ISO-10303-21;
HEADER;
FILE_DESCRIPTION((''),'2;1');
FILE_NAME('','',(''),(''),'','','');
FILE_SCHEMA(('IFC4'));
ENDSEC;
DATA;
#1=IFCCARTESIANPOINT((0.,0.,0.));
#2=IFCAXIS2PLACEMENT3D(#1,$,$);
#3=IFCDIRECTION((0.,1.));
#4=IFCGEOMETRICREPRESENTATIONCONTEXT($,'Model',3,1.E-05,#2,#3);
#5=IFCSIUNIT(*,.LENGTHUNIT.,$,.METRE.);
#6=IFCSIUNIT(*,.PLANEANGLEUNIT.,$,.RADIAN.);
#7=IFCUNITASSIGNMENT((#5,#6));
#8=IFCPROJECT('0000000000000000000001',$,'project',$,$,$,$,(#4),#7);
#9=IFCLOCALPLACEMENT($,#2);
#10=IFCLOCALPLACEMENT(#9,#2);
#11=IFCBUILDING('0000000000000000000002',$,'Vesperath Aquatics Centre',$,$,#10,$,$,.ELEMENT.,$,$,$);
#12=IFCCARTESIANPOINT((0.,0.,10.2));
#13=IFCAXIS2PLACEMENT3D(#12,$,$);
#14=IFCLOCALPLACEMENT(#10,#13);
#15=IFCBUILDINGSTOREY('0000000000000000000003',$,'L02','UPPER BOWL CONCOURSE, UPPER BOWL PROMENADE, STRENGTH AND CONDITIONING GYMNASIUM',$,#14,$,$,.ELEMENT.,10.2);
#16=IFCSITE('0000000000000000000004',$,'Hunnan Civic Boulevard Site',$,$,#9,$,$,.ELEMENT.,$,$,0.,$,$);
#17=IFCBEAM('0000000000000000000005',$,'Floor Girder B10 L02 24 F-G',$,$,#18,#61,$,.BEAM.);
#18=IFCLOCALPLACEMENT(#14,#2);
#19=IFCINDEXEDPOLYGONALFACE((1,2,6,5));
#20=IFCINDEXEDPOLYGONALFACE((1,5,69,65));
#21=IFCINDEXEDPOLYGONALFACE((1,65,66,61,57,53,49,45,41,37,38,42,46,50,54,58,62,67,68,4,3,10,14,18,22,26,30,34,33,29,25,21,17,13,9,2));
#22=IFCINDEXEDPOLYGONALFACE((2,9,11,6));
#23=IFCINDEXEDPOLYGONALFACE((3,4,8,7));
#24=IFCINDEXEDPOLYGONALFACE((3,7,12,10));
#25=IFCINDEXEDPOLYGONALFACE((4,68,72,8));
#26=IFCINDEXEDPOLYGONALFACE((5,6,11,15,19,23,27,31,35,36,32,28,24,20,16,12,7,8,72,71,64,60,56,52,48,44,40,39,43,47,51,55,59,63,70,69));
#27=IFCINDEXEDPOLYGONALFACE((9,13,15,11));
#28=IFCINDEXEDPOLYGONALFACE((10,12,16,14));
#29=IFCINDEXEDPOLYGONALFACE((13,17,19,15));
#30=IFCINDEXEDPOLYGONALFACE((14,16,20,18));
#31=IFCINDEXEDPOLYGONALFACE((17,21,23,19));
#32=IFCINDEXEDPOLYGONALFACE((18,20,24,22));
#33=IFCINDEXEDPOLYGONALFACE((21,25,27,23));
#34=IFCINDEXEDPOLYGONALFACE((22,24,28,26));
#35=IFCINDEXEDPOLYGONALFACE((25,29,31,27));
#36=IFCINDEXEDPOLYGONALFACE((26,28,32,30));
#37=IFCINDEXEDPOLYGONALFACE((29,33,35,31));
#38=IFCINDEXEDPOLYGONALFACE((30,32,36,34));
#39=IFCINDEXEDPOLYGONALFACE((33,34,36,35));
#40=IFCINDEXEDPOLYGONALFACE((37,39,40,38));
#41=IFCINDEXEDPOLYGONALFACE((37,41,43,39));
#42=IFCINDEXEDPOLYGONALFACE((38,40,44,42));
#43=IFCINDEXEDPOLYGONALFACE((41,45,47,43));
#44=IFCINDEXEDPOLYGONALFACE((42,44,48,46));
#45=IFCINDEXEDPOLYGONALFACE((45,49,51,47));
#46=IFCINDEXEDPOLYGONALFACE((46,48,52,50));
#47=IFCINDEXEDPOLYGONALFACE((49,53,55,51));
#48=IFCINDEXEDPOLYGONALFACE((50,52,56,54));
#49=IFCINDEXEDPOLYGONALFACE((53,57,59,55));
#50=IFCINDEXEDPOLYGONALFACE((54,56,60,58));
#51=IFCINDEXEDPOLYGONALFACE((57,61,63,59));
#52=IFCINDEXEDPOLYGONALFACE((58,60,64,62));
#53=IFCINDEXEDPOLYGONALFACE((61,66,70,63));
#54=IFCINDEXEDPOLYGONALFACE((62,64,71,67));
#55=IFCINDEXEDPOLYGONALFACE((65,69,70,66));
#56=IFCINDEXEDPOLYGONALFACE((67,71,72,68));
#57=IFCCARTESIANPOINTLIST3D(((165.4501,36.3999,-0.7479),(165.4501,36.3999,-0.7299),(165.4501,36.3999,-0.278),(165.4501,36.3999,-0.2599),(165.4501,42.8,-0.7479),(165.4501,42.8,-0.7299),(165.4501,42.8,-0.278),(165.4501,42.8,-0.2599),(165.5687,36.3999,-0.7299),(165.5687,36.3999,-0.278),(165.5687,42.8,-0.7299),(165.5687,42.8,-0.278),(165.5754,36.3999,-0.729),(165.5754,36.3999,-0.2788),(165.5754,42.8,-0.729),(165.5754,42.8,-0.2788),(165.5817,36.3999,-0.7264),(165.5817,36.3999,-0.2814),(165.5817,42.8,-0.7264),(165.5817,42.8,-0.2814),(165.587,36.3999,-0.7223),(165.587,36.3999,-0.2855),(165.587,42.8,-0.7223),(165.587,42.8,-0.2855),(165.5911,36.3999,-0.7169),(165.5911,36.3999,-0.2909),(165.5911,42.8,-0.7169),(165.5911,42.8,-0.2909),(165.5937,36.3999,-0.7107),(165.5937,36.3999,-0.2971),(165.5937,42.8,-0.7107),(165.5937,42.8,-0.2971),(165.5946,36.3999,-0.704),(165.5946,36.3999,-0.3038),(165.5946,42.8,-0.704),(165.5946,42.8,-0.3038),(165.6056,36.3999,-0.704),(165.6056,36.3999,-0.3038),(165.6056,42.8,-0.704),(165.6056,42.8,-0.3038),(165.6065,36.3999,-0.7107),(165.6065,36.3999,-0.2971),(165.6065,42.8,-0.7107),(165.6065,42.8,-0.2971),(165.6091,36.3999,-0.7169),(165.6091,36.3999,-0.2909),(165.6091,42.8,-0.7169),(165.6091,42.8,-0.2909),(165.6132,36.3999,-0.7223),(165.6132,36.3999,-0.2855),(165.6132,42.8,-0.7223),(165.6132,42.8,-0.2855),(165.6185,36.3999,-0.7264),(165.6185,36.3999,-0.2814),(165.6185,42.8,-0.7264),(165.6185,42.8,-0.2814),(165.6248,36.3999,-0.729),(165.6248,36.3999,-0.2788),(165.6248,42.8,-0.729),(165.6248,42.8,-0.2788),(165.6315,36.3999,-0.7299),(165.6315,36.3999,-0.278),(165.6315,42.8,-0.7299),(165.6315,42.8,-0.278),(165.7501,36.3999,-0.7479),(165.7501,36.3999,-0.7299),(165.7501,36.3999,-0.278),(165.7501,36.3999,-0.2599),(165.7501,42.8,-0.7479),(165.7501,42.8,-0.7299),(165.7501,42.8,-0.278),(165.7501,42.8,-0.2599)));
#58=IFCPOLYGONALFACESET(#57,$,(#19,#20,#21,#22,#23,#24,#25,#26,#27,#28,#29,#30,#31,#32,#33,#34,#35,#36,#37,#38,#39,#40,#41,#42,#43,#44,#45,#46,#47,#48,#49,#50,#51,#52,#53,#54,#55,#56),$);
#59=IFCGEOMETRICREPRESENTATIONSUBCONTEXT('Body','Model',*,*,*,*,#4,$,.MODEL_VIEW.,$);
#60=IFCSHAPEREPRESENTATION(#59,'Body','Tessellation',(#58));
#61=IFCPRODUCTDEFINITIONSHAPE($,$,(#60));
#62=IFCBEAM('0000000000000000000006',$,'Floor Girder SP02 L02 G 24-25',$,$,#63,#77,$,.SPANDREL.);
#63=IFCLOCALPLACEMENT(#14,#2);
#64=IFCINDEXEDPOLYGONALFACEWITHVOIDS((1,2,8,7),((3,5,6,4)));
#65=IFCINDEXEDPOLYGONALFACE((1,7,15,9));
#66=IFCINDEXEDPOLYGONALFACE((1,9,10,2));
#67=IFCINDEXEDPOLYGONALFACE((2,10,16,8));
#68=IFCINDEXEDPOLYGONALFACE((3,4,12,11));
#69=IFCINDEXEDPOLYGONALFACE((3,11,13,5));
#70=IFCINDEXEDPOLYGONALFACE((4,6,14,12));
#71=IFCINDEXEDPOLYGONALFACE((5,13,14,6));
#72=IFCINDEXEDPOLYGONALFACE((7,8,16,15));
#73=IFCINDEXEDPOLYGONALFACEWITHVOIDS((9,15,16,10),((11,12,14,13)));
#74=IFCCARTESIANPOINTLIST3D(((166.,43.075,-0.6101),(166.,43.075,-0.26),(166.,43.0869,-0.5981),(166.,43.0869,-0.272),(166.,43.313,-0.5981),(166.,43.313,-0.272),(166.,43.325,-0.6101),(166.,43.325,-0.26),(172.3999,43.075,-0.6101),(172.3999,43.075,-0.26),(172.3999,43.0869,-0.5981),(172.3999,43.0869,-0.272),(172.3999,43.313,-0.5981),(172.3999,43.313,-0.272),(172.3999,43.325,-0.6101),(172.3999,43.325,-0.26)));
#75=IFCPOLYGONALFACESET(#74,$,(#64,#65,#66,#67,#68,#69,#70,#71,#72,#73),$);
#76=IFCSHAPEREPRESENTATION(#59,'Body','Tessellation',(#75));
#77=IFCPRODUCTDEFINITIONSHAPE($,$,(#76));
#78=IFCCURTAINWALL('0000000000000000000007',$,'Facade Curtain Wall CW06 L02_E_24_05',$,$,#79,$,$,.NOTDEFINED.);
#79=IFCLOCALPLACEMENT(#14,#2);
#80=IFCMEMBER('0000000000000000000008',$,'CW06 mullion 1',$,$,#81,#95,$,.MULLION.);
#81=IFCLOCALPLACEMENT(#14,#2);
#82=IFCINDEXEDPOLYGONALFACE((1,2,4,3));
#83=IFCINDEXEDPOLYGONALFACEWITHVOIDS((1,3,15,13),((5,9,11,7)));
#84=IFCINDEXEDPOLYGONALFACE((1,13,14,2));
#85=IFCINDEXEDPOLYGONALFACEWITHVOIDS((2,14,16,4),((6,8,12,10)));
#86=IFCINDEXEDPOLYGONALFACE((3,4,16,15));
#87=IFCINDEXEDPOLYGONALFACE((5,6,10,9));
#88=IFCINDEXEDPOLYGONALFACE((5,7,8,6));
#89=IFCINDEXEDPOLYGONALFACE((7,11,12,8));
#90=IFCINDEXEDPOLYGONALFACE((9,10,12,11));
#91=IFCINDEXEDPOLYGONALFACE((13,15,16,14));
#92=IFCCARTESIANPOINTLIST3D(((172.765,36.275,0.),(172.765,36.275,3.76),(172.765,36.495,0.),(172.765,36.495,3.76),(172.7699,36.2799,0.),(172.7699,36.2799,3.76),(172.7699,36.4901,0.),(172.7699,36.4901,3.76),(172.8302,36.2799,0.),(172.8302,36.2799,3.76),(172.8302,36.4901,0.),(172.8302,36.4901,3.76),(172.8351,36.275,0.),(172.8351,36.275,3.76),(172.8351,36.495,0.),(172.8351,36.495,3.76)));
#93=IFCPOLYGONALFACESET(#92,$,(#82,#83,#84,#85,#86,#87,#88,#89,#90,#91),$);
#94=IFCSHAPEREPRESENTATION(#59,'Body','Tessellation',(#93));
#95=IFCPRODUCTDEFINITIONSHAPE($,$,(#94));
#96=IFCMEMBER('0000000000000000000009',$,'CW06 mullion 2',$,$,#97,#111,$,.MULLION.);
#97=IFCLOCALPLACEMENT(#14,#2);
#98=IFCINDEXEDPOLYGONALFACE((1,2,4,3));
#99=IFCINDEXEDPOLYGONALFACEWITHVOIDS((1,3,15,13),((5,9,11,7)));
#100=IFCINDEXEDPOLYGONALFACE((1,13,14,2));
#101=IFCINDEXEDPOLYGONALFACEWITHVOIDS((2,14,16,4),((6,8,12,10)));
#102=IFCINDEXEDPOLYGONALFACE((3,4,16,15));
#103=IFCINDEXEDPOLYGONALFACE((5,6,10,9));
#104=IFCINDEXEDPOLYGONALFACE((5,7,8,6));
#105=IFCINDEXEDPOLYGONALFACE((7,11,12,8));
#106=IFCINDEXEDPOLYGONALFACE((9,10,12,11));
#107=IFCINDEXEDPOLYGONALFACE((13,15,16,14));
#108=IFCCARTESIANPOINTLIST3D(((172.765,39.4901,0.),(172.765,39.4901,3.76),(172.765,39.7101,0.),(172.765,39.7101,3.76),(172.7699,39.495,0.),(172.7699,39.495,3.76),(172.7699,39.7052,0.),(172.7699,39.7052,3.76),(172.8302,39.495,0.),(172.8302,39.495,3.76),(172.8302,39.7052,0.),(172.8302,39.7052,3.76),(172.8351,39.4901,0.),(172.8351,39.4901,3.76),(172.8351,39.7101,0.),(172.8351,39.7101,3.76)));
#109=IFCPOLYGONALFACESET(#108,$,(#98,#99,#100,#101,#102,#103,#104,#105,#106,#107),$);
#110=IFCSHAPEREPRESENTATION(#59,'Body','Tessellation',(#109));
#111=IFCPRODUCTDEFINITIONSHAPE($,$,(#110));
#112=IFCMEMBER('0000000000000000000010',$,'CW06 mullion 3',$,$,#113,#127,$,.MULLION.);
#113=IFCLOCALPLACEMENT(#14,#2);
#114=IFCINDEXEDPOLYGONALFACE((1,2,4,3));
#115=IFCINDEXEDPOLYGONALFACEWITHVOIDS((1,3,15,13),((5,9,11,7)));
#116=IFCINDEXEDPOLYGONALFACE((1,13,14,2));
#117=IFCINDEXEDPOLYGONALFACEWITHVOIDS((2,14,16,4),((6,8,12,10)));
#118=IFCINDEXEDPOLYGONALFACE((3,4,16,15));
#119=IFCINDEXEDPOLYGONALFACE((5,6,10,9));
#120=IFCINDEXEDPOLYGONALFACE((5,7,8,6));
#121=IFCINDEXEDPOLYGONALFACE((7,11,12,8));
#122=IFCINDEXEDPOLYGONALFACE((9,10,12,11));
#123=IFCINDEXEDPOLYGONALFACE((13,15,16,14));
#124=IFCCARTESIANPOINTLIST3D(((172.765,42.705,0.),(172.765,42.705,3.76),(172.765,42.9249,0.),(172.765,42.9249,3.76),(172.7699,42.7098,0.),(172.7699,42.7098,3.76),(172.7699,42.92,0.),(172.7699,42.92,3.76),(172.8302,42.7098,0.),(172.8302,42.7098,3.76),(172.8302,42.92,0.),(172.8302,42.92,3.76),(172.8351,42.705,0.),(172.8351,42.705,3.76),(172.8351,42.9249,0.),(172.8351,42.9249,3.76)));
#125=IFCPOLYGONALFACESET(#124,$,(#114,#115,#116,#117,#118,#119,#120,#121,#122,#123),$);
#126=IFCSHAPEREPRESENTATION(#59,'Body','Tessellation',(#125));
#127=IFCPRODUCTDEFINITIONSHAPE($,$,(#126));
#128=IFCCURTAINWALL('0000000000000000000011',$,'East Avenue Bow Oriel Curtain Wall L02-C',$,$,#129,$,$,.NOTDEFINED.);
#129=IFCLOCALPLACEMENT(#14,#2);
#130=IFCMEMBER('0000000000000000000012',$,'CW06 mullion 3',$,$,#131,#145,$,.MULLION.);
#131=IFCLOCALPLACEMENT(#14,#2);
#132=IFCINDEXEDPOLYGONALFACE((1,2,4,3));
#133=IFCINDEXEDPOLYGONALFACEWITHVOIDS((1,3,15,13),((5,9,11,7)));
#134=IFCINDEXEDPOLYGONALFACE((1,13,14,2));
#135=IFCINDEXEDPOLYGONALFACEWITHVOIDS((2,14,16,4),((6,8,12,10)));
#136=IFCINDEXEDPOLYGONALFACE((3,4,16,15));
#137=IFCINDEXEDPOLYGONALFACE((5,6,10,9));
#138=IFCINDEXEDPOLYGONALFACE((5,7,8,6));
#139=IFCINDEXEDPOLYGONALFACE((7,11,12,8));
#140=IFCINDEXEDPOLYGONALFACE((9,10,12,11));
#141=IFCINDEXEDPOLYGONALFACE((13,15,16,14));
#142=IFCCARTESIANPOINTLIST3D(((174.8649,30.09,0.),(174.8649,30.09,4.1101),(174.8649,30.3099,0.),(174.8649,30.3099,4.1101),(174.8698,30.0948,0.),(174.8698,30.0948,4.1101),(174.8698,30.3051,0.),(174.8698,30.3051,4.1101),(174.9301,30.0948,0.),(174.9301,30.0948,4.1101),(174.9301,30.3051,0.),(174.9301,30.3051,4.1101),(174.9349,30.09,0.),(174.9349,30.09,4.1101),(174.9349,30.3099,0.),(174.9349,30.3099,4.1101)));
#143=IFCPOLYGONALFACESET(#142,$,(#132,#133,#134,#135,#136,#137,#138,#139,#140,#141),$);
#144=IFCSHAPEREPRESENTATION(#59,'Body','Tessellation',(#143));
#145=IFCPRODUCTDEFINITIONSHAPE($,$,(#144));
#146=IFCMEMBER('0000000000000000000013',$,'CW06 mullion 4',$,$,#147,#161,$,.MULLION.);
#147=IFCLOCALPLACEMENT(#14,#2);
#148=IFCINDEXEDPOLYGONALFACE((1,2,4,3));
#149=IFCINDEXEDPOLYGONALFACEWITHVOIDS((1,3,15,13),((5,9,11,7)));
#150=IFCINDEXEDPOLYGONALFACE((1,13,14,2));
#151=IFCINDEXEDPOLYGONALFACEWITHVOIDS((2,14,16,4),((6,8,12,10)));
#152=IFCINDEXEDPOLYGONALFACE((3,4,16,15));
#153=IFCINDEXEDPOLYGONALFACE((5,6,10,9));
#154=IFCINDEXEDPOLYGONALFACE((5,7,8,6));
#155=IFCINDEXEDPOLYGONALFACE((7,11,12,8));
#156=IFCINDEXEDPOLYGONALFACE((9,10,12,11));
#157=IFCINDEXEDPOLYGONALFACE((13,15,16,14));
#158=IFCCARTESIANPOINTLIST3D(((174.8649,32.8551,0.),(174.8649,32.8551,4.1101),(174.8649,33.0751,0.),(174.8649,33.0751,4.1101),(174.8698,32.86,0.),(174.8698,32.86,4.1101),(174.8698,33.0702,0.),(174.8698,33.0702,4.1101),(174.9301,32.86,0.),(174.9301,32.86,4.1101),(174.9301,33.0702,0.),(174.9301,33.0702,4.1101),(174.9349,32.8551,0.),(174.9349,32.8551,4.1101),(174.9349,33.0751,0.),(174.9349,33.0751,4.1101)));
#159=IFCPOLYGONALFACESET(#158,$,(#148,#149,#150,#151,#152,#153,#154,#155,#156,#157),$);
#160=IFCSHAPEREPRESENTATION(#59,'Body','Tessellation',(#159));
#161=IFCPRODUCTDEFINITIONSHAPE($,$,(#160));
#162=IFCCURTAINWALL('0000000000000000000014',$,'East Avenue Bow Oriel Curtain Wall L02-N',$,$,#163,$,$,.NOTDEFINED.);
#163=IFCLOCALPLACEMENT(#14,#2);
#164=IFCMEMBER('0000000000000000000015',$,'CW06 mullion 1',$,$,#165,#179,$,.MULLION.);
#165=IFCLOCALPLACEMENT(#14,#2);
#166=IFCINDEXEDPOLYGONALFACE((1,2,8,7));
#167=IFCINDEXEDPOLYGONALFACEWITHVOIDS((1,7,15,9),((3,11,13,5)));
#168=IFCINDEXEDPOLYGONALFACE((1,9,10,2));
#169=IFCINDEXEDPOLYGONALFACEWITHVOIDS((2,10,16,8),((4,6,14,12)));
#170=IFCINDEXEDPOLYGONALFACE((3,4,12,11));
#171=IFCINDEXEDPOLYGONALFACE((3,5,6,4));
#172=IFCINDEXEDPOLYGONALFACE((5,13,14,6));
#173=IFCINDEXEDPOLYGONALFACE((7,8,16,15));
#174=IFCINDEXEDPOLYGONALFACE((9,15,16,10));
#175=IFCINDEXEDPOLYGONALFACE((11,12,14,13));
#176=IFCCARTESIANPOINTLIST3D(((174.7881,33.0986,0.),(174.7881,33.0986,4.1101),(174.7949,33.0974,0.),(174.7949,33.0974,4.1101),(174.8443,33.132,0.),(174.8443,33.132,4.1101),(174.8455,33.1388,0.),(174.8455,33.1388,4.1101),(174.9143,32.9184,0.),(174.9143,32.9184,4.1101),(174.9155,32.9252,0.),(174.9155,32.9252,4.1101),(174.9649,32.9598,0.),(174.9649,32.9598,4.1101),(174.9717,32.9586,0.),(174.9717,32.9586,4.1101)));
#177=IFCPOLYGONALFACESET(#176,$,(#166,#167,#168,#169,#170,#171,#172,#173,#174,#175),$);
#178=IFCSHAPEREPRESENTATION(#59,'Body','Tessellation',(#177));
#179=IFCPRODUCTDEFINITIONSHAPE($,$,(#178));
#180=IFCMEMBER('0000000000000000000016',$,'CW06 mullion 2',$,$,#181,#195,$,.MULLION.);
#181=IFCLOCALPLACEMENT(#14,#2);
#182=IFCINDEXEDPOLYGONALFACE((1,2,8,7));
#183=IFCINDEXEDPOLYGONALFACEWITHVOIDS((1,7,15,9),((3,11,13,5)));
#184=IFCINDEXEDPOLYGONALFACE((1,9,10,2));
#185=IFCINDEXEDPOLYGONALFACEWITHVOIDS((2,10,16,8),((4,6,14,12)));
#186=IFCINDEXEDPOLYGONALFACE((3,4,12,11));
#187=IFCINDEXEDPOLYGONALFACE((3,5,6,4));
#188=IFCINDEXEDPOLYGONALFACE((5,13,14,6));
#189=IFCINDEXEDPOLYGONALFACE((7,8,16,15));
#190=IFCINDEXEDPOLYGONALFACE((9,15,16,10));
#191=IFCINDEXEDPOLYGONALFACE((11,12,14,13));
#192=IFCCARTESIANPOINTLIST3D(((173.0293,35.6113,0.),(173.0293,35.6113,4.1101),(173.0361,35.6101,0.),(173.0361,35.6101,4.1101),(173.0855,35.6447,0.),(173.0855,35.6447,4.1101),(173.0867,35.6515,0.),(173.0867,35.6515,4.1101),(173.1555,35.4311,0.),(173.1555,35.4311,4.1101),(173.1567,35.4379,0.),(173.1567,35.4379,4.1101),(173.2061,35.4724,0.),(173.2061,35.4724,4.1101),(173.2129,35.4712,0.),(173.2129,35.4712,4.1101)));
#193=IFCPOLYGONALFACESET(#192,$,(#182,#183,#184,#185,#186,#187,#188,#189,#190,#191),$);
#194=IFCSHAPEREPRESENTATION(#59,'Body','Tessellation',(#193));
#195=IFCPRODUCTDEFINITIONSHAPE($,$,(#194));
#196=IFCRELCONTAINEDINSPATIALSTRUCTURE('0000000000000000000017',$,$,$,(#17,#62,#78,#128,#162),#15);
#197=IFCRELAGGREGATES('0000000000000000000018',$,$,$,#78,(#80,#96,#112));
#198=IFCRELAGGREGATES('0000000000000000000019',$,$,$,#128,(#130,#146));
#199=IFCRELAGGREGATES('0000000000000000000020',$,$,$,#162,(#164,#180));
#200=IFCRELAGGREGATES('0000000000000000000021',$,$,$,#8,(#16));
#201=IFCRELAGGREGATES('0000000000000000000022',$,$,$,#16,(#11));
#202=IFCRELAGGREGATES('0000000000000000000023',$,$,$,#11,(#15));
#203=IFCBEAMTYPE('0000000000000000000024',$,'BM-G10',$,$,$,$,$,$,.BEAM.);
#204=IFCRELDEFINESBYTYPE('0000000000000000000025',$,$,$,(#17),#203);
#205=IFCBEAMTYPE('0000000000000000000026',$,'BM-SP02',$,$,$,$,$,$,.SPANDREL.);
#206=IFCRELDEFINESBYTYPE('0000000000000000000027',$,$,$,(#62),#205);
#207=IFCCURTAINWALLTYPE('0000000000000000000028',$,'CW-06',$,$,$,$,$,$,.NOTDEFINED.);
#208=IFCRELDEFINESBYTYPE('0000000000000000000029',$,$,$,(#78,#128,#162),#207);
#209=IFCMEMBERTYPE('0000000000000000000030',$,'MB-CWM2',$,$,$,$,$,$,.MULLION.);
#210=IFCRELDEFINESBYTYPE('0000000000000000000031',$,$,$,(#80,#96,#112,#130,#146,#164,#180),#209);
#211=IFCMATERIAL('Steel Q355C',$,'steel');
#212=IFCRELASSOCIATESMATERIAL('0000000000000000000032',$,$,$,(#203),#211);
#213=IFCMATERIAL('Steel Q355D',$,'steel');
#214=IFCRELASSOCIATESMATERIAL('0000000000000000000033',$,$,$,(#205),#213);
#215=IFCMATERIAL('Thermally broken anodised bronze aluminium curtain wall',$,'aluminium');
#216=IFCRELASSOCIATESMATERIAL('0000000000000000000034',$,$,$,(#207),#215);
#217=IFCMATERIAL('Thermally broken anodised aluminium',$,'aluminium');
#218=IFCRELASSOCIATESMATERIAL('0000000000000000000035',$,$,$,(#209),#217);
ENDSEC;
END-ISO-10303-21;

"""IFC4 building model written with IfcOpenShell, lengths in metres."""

from ifc_helpers import new_model, si_unit, direction, frame, origin, origin_2d, place, context, subcontext, project, spatial, hollow_rectangle, i_section, extrude, material, material_profile, profile_set, type_object, element, aggregate, save


model = new_model("IFC4")

# Units and contexts
model_context = context("Model", 3, precision=1e-05, world=origin(), true_north=direction((0.0, 1.0)))
body_context = subcontext(model_context, "Body", "Model", "MODEL_VIEW")
ifc_project = project(units=[si_unit("LENGTHUNIT", "METRE"), si_unit("PLANEANGLEUNIT", "RADIAN")], contexts=[model_context])

# Site, building, storey
site_placement = place(None, origin())
site = spatial("IfcSite", under=ifc_project, at=site_placement, Name="Hunnan Civic Boulevard Site", CompositionType="ELEMENT", RefElevation=0.0)
building_placement = place(site_placement, origin())
building = spatial("IfcBuilding", under=site, at=building_placement, Name="Vesperath Aquatics Centre", CompositionType="ELEMENT")
storey_placement = place(building_placement, frame((0.0, 0.0, 10.2)))
storey = spatial("IfcBuildingStorey", under=building, at=storey_placement, Name="L02", Description="UPPER BOWL CONCOURSE, UPPER BOWL PROMENADE, STRENGTH AND CONDITIONING GYMNASIUM", CompositionType="ELEMENT", Elevation=10.2)

# Shared definitions
ifc_material_1 = material(Name="Steel Q355D", Category="steel")

# Beams
ifc_material_2 = material(Name="Steel Q355C", Category="steel")
ifc_material_profile_1 = material_profile(ifc_material_2, i_section(OverallWidth=0.3, OverallDepth=0.488, WebThickness=0.011, FlangeThickness=0.0181, FilletRadius=0.0259, at=origin_2d()), Name="HM 488x300x11x18")
ifc_profile_set_1 = profile_set([ifc_material_profile_1], Name="Steel Q355C")
beam_type_1 = type_object("IfcBeamType", Name="BM-G10", PredefinedType="BEAM", material=ifc_profile_set_1)
beam_1_placement = place(storey_placement, frame((165.6001, 36.3999, -0.5039), z_axis=(0.0, 1.0, 0.0), x_axis=(-1.0, 0.0, 0.0)))
element("IfcBeam", 1, at=beam_1_placement, inside=storey, type_object=beam_type_1, Name="Floor Girder B10 L02 24 F-G", PredefinedType="BEAM", context=body_context, shape_type="SweptSolid", body=[
    extrude(i_section(OverallWidth=0.3, OverallDepth=0.488, WebThickness=0.011, FlangeThickness=0.0181, FilletRadius=0.0259, at=origin_2d()), origin(), (0.0, 0.0, 1.0), 6.4001),
])
ifc_material_profile_2 = material_profile(ifc_material_1, hollow_rectangle(XDim=0.25, YDim=0.3501, WallThickness=0.012, at=origin_2d()), Name="RHS 350x250x12")
ifc_profile_set_2 = profile_set([ifc_material_profile_2], Name="Steel Q355D")
beam_type_2 = type_object("IfcBeamType", Name="BM-SP02", PredefinedType="SPANDREL", material=ifc_profile_set_2)
beam_2_placement = place(storey_placement, frame((166.0, 43.2, -0.4351), z_axis=(1.0, 0.0, 0.0), x_axis=(0.0, 1.0, 0.0)))
element("IfcBeam", 2, at=beam_2_placement, inside=storey, type_object=beam_type_2, Name="Floor Girder SP02 L02 G 24-25", PredefinedType="SPANDREL", context=body_context, shape_type="SweptSolid", body=[
    extrude(hollow_rectangle(XDim=0.25, YDim=0.3501, WallThickness=0.012, at=origin_2d()), origin(), (0.0, 0.0, 1.0), 6.3999),
])

# Curtain walls, members
ifc_material_3 = material(Name="Thermally broken anodised bronze aluminium curtain wall", Category="aluminium")
curtain_wall_type = type_object("IfcCurtainWallType", Name="CW-06", PredefinedType="NOTDEFINED", material=ifc_material_3)
curtain_wall_1_placement = place(storey_placement, origin())
curtain_wall_1 = element("IfcCurtainWall", 3, at=curtain_wall_1_placement, inside=storey, type_object=curtain_wall_type, Name="Facade Curtain Wall CW06 L02_E_24_05", PredefinedType="NOTDEFINED")
ifc_material_4 = material(Name="Thermally broken anodised aluminium", Category="aluminium")
ifc_material_profile_3 = material_profile(ifc_material_4, hollow_rectangle(XDim=0.0701, YDim=0.22, WallThickness=0.0049, at=origin_2d()), Name="CWM 70x220x5")
ifc_profile_set_3 = profile_set([ifc_material_profile_3], Name="Thermally broken anodised aluminium")
member_type_1 = type_object("IfcMemberType", Name="MB-CWM2", PredefinedType="MULLION", material=ifc_profile_set_3)
member_1_placement = place(storey_placement, frame((172.8, 36.385, 0.0), z_axis=(0.0, 0.0, 1.0), x_axis=(-1.0, 0.0, 0.0)))
member_1 = element("IfcMember", 4, at=member_1_placement, type_object=member_type_1, Name="CW06 mullion 1", PredefinedType="MULLION", context=body_context, shape_type="SweptSolid", body=[
    extrude(hollow_rectangle(XDim=0.0701, YDim=0.22, WallThickness=0.0049, at=origin_2d()), origin(), (0.0, 0.0, 1.0), 3.76),
])
member_2_placement = place(storey_placement, frame((172.8, 39.6001, 0.0), z_axis=(0.0, 0.0, 1.0), x_axis=(-1.0, 0.0, 0.0)))
member_2 = element("IfcMember", 5, at=member_2_placement, type_object=member_type_1, Name="CW06 mullion 2", PredefinedType="MULLION", context=body_context, shape_type="SweptSolid", body=[
    extrude(hollow_rectangle(XDim=0.0701, YDim=0.22, WallThickness=0.0049, at=origin_2d()), origin(), (0.0, 0.0, 1.0), 3.76),
])
member_3_placement = place(storey_placement, frame((172.8, 42.8149, 0.0), z_axis=(0.0, 0.0, 1.0), x_axis=(-1.0, 0.0, 0.0)))
member_3 = element("IfcMember", 6, at=member_3_placement, type_object=member_type_1, Name="CW06 mullion 3", PredefinedType="MULLION", context=body_context, shape_type="SweptSolid", body=[
    extrude(hollow_rectangle(XDim=0.0701, YDim=0.22, WallThickness=0.0049, at=origin_2d()), origin(), (0.0, 0.0, 1.0), 3.76),
])
curtain_wall_2_placement = place(storey_placement, origin())
curtain_wall_2 = element("IfcCurtainWall", 7, at=curtain_wall_2_placement, inside=storey, type_object=curtain_wall_type, Name="East Avenue Bow Oriel Curtain Wall L02-C", PredefinedType="NOTDEFINED")
member_4_placement = place(storey_placement, frame((174.8999, 30.2, 0.0), z_axis=(0.0, 0.0, 1.0), x_axis=(-1.0, 0.0, 0.0)))
member_4 = element("IfcMember", 8, at=member_4_placement, type_object=member_type_1, Name="CW06 mullion 3", PredefinedType="MULLION", context=body_context, shape_type="SweptSolid", body=[
    extrude(hollow_rectangle(XDim=0.0701, YDim=0.22, WallThickness=0.0049, at=origin_2d()), origin(), (0.0, 0.0, 1.0), 4.1101),
])
member_5_placement = place(storey_placement, frame((174.8999, 32.9651, 0.0), z_axis=(0.0, 0.0, 1.0), x_axis=(-1.0, 0.0, 0.0)))
member_5 = element("IfcMember", 9, at=member_5_placement, type_object=member_type_1, Name="CW06 mullion 4", PredefinedType="MULLION", context=body_context, shape_type="SweptSolid", body=[
    extrude(hollow_rectangle(XDim=0.0701, YDim=0.22, WallThickness=0.0049, at=origin_2d()), origin(), (0.0, 0.0, 1.0), 4.1101),
])
curtain_wall_3_placement = place(storey_placement, origin())
curtain_wall_3 = element("IfcCurtainWall", 10, at=curtain_wall_3_placement, inside=storey, type_object=curtain_wall_type, Name="East Avenue Bow Oriel Curtain Wall L02-N", PredefinedType="NOTDEFINED")
member_6_placement = place(storey_placement, frame((174.8799, 33.0286, 0.0), z_axis=(0.0, 0.0, 1.0), x_axis=(-0.819232, -0.573462, 0.0)))
member_6 = element("IfcMember", 11, at=member_6_placement, type_object=member_type_1, Name="CW06 mullion 1", PredefinedType="MULLION", context=body_context, shape_type="SweptSolid", body=[
    extrude(hollow_rectangle(XDim=0.0701, YDim=0.22, WallThickness=0.0049, at=origin_2d()), origin(), (0.0, 0.0, 1.0), 4.1101),
])
member_7_placement = place(storey_placement, frame((173.1211, 35.5413, 0.0), z_axis=(0.0, 0.0, 1.0), x_axis=(-0.819232, -0.573462, 0.0)))
member_7 = element("IfcMember", 12, at=member_7_placement, type_object=member_type_1, Name="CW06 mullion 2", PredefinedType="MULLION", context=body_context, shape_type="SweptSolid", body=[
    extrude(hollow_rectangle(XDim=0.0701, YDim=0.22, WallThickness=0.0049, at=origin_2d()), origin(), (0.0, 0.0, 1.0), 4.1101),
])

aggregate(curtain_wall_1, [member_1, member_2, member_3])
aggregate(curtain_wall_2, [member_4, member_5])
aggregate(curtain_wall_3, [member_6, member_7])

save(model, "model.ifc")
